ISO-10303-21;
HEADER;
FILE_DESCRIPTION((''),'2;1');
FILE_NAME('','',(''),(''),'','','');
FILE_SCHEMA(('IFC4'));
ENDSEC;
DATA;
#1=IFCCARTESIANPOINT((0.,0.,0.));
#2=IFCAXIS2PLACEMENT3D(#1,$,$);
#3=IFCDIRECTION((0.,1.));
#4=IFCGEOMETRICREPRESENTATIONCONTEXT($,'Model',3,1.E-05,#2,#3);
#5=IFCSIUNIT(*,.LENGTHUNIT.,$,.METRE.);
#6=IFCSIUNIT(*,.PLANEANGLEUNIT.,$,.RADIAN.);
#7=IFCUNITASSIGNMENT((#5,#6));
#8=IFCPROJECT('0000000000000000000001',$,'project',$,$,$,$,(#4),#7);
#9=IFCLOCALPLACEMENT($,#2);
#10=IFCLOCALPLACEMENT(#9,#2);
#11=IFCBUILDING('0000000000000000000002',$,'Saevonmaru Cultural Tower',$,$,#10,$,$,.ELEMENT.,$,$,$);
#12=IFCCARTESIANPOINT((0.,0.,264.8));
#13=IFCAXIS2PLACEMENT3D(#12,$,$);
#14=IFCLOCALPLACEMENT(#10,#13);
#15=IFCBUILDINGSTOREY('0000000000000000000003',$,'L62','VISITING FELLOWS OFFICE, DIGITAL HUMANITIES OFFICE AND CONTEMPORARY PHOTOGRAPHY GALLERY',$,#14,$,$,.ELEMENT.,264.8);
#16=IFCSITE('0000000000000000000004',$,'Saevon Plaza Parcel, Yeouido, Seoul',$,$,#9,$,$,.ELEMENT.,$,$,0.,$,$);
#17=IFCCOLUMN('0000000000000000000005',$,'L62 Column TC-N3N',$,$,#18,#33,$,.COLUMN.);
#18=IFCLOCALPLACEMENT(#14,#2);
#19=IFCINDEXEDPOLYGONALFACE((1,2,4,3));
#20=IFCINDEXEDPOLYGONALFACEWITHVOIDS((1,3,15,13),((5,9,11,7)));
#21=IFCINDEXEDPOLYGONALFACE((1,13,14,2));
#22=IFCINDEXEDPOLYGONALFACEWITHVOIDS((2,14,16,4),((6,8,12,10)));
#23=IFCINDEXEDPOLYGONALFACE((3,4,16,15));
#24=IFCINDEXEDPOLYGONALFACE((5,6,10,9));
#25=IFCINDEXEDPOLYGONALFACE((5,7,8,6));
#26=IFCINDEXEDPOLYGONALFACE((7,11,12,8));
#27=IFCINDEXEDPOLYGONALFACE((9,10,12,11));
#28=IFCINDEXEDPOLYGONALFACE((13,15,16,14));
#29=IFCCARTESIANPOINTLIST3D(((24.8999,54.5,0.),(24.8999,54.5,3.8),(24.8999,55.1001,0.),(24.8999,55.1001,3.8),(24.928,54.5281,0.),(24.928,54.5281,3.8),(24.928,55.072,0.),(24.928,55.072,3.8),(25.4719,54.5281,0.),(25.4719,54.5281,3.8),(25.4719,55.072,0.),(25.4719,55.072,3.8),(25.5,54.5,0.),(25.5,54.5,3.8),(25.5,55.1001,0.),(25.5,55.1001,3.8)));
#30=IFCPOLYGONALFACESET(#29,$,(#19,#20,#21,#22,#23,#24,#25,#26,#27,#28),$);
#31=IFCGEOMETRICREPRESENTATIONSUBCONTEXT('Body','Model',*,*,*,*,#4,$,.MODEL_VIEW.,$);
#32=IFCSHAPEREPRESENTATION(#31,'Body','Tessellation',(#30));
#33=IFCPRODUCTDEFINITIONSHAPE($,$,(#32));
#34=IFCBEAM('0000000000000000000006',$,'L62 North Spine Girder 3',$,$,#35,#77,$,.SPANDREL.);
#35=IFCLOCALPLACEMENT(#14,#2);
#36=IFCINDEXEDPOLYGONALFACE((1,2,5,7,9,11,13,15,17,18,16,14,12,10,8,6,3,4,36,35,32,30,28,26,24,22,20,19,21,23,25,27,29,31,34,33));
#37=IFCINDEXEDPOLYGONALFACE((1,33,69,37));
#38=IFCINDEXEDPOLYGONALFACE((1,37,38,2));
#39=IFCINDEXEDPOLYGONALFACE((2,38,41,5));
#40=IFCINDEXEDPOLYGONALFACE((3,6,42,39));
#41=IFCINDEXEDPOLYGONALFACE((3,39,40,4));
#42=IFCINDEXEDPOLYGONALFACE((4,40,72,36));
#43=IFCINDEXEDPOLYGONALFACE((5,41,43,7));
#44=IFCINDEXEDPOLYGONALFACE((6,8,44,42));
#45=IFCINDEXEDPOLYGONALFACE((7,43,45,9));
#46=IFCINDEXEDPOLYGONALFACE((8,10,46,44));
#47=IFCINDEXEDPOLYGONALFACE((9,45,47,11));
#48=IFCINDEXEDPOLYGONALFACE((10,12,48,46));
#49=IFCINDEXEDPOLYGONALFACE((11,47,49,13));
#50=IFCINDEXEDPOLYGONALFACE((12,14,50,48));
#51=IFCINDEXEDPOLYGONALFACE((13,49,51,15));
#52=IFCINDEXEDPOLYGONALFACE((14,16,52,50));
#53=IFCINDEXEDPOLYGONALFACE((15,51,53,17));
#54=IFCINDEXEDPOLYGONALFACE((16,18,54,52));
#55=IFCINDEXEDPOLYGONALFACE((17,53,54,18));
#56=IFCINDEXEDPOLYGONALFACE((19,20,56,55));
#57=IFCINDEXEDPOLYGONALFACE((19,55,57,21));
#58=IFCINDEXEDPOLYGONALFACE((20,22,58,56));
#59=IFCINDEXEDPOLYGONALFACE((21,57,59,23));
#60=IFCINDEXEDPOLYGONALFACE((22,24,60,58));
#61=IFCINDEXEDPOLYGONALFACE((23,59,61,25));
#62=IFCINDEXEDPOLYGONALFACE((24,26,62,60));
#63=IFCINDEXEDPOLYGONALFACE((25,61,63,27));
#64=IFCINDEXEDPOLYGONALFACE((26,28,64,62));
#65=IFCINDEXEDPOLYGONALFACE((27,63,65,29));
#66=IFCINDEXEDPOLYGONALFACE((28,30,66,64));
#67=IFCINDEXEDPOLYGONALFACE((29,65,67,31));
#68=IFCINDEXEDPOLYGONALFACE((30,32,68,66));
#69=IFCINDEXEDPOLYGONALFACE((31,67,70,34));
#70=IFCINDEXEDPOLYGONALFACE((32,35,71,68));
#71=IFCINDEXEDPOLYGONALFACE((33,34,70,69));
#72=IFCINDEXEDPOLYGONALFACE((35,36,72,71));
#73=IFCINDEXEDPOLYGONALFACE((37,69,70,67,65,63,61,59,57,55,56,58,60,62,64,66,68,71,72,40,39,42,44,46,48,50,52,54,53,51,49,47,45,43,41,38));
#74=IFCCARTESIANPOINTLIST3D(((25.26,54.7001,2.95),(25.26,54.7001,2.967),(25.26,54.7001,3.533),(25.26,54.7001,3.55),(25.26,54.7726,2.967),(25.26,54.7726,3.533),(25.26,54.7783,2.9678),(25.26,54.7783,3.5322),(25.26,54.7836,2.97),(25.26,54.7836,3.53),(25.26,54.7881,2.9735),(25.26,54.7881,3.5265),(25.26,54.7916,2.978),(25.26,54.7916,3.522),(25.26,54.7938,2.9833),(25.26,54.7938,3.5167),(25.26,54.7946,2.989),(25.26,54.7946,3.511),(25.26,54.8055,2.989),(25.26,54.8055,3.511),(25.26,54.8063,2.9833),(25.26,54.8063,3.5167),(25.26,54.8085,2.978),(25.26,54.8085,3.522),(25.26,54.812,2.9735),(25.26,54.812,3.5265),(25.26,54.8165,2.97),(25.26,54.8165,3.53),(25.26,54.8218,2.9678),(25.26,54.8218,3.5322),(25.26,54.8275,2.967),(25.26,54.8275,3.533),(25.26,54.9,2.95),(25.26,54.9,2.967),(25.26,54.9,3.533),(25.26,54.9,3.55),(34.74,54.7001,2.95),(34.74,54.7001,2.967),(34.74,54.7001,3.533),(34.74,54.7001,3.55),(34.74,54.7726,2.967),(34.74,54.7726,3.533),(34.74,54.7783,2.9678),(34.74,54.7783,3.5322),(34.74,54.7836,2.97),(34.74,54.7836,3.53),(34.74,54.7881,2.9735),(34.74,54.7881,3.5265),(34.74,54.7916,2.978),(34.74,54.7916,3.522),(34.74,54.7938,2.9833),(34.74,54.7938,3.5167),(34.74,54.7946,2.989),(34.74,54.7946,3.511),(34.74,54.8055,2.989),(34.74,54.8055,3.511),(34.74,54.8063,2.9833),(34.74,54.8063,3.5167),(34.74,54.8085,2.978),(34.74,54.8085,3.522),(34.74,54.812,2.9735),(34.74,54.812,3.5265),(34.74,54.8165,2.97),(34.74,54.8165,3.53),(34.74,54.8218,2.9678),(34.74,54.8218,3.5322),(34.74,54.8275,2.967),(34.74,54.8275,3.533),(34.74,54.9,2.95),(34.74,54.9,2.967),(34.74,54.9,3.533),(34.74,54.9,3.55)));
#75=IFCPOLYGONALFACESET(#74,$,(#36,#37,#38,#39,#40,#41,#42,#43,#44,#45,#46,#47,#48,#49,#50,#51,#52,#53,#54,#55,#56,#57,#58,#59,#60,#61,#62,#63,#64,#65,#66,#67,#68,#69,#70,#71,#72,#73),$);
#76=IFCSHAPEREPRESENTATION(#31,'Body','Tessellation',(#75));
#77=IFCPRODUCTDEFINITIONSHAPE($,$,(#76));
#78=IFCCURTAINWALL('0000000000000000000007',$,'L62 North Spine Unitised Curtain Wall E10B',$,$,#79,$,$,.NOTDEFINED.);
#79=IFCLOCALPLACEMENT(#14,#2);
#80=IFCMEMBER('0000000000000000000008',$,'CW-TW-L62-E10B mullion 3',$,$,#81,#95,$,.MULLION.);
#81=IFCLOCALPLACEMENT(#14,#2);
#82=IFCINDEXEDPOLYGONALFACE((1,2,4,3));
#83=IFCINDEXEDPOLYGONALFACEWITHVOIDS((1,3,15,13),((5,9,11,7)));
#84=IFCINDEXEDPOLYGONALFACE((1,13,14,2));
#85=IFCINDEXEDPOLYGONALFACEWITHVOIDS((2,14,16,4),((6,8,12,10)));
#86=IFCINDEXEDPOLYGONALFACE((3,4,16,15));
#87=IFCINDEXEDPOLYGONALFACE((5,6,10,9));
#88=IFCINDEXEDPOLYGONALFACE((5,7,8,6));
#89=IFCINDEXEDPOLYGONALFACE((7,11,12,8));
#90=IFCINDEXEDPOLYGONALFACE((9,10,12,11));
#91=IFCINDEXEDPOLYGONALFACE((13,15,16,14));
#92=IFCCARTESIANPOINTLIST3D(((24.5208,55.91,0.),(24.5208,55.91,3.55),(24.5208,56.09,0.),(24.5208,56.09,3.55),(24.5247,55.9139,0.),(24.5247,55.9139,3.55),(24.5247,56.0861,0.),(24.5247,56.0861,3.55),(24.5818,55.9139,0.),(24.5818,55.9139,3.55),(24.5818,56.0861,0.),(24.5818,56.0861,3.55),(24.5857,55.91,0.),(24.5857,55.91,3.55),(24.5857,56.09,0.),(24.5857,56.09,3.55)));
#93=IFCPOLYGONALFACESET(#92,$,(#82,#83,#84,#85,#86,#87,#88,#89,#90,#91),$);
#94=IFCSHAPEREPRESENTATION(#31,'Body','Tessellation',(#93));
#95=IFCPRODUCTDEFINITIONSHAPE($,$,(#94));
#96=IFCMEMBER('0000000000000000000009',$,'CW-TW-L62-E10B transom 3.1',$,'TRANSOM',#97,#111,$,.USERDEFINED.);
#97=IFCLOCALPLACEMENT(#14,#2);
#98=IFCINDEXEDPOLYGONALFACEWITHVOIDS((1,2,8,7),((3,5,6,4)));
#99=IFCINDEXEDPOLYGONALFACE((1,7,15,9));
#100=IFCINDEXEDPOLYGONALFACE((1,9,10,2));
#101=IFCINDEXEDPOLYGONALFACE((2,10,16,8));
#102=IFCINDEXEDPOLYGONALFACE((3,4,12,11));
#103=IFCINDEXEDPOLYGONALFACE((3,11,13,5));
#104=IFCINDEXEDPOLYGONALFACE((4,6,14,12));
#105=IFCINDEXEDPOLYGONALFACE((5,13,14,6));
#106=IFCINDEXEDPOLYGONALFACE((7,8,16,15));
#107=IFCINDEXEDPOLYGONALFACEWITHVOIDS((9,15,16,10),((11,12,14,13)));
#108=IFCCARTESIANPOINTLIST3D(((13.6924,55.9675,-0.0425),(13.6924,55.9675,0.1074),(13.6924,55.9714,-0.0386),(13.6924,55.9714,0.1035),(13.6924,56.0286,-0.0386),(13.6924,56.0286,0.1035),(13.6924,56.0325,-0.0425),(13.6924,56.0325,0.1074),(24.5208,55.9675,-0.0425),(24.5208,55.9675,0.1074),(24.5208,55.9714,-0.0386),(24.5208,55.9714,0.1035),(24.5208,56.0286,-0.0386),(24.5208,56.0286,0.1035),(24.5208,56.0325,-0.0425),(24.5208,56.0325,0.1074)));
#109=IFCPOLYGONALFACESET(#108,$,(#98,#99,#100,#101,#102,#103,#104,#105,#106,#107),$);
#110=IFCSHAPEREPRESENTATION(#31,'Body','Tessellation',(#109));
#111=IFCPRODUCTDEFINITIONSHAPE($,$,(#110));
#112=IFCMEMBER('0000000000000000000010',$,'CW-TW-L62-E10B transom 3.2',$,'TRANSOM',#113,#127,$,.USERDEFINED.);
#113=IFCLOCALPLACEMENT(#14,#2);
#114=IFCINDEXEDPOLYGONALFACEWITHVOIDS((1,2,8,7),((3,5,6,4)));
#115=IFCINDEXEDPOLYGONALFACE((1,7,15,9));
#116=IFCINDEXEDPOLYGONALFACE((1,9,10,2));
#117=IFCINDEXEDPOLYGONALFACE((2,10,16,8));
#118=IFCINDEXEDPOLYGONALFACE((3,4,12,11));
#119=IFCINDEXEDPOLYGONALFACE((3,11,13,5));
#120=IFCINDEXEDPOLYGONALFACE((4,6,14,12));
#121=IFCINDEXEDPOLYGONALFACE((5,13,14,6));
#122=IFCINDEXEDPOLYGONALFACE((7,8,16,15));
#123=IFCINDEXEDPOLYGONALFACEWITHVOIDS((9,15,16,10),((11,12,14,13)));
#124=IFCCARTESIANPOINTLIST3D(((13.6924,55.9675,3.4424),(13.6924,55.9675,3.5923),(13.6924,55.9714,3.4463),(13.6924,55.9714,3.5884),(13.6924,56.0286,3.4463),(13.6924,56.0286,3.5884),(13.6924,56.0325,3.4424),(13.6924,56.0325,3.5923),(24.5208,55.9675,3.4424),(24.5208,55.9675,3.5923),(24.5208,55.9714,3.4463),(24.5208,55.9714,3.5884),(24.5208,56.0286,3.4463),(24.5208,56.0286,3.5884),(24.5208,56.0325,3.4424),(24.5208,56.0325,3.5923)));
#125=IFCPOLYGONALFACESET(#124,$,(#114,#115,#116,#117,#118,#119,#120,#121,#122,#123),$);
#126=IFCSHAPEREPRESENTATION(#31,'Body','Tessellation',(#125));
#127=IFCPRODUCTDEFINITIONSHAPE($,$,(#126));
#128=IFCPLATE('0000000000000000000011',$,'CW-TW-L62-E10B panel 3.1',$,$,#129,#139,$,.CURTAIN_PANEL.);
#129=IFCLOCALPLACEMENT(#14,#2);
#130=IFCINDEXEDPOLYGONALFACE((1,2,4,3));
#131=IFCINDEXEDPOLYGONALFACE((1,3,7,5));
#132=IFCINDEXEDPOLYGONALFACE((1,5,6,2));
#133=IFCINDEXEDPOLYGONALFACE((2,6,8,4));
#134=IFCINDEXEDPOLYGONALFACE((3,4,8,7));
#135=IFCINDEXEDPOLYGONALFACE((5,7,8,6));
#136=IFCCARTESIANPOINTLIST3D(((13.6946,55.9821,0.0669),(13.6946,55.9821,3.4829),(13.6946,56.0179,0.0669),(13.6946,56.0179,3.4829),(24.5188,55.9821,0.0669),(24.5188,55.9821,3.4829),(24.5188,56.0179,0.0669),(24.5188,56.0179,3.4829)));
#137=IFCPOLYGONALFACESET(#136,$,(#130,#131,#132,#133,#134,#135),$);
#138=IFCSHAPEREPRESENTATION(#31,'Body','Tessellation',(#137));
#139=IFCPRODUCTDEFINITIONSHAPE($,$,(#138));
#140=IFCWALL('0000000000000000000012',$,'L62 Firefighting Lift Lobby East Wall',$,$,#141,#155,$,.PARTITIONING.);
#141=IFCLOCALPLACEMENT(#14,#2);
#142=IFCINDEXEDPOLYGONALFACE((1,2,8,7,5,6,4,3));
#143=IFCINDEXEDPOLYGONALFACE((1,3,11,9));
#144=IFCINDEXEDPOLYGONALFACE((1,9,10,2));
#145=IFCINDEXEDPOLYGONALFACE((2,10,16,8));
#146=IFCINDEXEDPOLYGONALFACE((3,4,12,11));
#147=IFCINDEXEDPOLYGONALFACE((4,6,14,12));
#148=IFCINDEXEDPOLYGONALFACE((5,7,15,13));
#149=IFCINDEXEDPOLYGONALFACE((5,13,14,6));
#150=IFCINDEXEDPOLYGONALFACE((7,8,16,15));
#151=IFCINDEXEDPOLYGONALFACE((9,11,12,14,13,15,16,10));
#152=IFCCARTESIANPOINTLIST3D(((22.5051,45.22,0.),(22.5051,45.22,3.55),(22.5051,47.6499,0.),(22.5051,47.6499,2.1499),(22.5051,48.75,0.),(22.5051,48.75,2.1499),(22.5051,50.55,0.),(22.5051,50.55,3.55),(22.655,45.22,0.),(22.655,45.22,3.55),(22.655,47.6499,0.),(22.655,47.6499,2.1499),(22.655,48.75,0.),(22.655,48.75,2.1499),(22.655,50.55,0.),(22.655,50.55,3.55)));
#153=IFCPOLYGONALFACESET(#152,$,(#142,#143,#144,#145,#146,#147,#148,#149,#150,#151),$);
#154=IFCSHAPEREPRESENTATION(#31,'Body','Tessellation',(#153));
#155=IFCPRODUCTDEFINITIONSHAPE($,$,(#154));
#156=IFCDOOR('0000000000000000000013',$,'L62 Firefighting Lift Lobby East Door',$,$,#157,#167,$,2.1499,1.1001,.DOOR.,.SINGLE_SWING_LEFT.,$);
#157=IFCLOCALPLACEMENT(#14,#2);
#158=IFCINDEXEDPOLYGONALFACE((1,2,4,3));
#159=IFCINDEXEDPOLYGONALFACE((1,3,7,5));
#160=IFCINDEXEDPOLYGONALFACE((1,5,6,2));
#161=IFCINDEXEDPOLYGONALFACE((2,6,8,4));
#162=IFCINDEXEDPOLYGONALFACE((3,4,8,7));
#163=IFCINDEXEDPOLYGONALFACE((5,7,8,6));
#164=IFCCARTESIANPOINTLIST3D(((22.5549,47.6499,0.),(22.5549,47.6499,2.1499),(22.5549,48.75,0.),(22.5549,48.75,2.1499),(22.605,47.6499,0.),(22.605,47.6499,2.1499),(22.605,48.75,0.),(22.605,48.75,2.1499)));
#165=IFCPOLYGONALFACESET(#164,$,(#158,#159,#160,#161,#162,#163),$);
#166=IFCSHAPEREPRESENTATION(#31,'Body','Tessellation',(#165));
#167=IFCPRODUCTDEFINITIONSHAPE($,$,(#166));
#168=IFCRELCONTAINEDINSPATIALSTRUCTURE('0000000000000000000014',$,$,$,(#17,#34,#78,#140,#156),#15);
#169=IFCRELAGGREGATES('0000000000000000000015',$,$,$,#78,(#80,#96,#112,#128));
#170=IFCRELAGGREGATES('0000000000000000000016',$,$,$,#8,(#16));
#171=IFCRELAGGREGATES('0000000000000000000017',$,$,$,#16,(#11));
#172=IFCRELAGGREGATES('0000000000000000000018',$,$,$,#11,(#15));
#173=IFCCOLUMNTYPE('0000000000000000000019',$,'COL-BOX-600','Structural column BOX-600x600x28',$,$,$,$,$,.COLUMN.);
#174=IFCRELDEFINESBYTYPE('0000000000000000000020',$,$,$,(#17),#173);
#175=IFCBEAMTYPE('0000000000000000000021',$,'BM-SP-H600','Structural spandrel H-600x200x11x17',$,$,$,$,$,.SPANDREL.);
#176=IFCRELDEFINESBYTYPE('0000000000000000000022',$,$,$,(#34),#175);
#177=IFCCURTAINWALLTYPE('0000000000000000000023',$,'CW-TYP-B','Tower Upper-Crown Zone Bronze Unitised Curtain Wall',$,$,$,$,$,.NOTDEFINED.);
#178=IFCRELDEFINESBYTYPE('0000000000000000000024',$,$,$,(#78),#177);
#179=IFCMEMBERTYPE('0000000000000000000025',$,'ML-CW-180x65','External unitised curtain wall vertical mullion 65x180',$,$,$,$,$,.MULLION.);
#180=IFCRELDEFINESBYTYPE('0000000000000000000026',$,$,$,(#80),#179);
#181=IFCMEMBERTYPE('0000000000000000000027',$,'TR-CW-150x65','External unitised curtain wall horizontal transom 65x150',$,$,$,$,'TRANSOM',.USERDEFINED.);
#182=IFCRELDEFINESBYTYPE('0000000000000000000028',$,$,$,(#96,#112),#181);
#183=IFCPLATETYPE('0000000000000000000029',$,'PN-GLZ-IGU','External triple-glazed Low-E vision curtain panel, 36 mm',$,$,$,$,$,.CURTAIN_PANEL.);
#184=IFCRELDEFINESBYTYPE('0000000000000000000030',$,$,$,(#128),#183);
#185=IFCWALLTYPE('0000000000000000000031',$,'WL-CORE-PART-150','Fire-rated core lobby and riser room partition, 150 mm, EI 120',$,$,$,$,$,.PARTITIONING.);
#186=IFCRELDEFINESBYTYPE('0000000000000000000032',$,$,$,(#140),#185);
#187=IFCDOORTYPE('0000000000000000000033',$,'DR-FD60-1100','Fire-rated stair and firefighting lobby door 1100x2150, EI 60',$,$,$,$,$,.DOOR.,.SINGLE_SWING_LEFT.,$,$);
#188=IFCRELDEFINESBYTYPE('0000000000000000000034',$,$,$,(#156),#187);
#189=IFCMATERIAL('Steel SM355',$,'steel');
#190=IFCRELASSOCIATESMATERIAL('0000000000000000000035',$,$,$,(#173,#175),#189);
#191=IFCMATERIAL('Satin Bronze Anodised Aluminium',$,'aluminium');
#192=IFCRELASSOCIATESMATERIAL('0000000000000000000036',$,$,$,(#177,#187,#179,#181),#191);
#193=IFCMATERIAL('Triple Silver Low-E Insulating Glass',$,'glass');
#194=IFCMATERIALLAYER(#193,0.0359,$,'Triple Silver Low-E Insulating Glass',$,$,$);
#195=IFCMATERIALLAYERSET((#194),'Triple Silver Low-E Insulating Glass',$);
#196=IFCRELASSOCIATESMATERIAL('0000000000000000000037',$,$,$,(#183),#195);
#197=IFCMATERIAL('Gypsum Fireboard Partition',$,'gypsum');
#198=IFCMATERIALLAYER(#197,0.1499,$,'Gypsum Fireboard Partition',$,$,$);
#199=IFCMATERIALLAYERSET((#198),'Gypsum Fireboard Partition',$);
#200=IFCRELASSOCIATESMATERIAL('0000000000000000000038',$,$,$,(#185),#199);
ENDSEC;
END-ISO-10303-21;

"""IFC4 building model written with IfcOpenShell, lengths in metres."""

from ifc_helpers import new_model, si_unit, direction, frame, frame_2d, origin, origin_2d, place, context, subcontext, project, spatial, rectangle, hollow_rectangle, i_section, extrude, material, layer, layer_set, material_profile, profile_set, type_object, element, fill, aggregate, save


model = new_model("IFC4")

# Units and contexts
model_context = context("Model", 3, precision=1e-05, world=origin(), true_north=direction((0.0, 1.0)))
body_context = subcontext(model_context, "Body", "Model", "MODEL_VIEW")
ifc_project = project(units=[si_unit("LENGTHUNIT", "METRE"), si_unit("PLANEANGLEUNIT", "RADIAN")], contexts=[model_context])

# Site, building, storey
site_placement = place(None, origin())
site = spatial("IfcSite", under=ifc_project, at=site_placement, Name="Saevon Plaza Parcel, Yeouido, Seoul", CompositionType="ELEMENT", RefElevation=0.0)
building_placement = place(site_placement, origin())
building = spatial("IfcBuilding", under=site, at=building_placement, Name="Saevonmaru Cultural Tower", CompositionType="ELEMENT")
storey_placement = place(building_placement, frame((0.0, 0.0, 264.8)))
storey = spatial("IfcBuildingStorey", under=building, at=storey_placement, Name="L62", Description="VISITING FELLOWS OFFICE, DIGITAL HUMANITIES OFFICE AND CONTEMPORARY PHOTOGRAPHY GALLERY", CompositionType="ELEMENT", Elevation=264.8)

# Column
ifc_material_1 = material(Name="Steel SM355", Category="steel")
ifc_material_profile_1 = material_profile(ifc_material_1, hollow_rectangle(XDim=0.6001, YDim=0.6001, WallThickness=0.0281, at=origin_2d()), Name="BOX-600x600x28")
ifc_profile_set_1 = profile_set([ifc_material_profile_1], Name="Steel SM355")
column_type = type_object("IfcColumnType", Name="COL-BOX-600", Description="Structural column BOX-600x600x28", PredefinedType="COLUMN", material=ifc_profile_set_1)
column_placement = place(storey_placement, frame((25.2, 54.8, 0.0), z_axis=(0.0, 0.0, 1.0), x_axis=(1.0, 0.0, 0.0)))
element("IfcColumn", 1, at=column_placement, inside=storey, type_object=column_type, Name="L62 Column TC-N3N", PredefinedType="COLUMN", context=body_context, shape_type="SweptSolid", body=[
    extrude(hollow_rectangle(XDim=0.6001, YDim=0.6001, WallThickness=0.0281, at=origin_2d()), origin(), (0.0, 0.0, 1.0), 3.8),
])

# Beam
ifc_material_profile_2 = material_profile(ifc_material_1, i_section(OverallWidth=0.2, OverallDepth=0.6001, WebThickness=0.011, FlangeThickness=0.0171, FilletRadius=0.022, at=origin_2d()), Name="H-600x200x11x17")
ifc_profile_set_2 = profile_set([ifc_material_profile_2], Name="Steel SM355")
beam_type = type_object("IfcBeamType", Name="BM-SP-H600", Description="Structural spandrel H-600x200x11x17", PredefinedType="SPANDREL", material=ifc_profile_set_2)
beam_placement = place(storey_placement, frame((25.26, 54.8, 3.25), z_axis=(1.0, 0.0, 0.0), x_axis=(0.0, 1.0, 0.0)))
element("IfcBeam", 2, at=beam_placement, inside=storey, type_object=beam_type, Name="L62 North Spine Girder 3", PredefinedType="SPANDREL", context=body_context, shape_type="SweptSolid", body=[
    extrude(i_section(OverallWidth=0.2, OverallDepth=0.6001, WebThickness=0.011, FlangeThickness=0.0171, FilletRadius=0.022, at=origin_2d()), origin(), (0.0, 0.0, 1.0), 9.48),
])

# Curtain wall, members, plate
ifc_material_2 = material(Name="Satin Bronze Anodised Aluminium", Category="aluminium")
curtain_wall_type = type_object("IfcCurtainWallType", Name="CW-TYP-B", Description="Tower Upper-Crown Zone Bronze Unitised Curtain Wall", PredefinedType="NOTDEFINED", material=ifc_material_2)
curtain_wall_placement = place(storey_placement, origin())
curtain_wall = element("IfcCurtainWall", 3, at=curtain_wall_placement, inside=storey, type_object=curtain_wall_type, Name="L62 North Spine Unitised Curtain Wall E10B", PredefinedType="NOTDEFINED")
ifc_material_profile_3 = material_profile(ifc_material_2, hollow_rectangle(XDim=0.0649, YDim=0.1799, WallThickness=0.0039, at=origin_2d()), Name="ALU-MULL-180x65x4")
ifc_profile_set_3 = profile_set([ifc_material_profile_3], Name="Satin Bronze Anodised Aluminium")
member_type_1 = type_object("IfcMemberType", Name="ML-CW-180x65", Description="External unitised curtain wall vertical mullion 65x180", PredefinedType="MULLION", material=ifc_profile_set_3)
member_1_placement = place(storey_placement, frame((24.5532, 56.0, 0.0), z_axis=(0.0, 0.0, 1.0), x_axis=(-1.0, 0.0, 0.0)))
member_1 = element("IfcMember", 4, at=member_1_placement, type_object=member_type_1, Name="CW-TW-L62-E10B mullion 3", PredefinedType="MULLION", context=body_context, shape_type="SweptSolid", body=[
    extrude(hollow_rectangle(XDim=0.0649, YDim=0.1799, WallThickness=0.0039, at=origin_2d()), origin(), (0.0, 0.0, 1.0), 3.55),
])
ifc_material_profile_4 = material_profile(ifc_material_2, hollow_rectangle(XDim=0.0649, YDim=0.1499, WallThickness=0.0039, at=origin_2d()), Name="ALU-TRAN-150x65x4")
ifc_profile_set_4 = profile_set([ifc_material_profile_4], Name="Satin Bronze Anodised Aluminium")
member_type_2 = type_object("IfcMemberType", Name="TR-CW-150x65", Description="External unitised curtain wall horizontal transom 65x150", ElementType="TRANSOM", PredefinedType="USERDEFINED", material=ifc_profile_set_4)
member_2_placement = place(storey_placement, frame((24.5208, 56.0, 0.0325), z_axis=(-1.0, 0.0, 0.0), x_axis=(0.0, -1.0, 0.0)))
member_2 = element("IfcMember", 5, at=member_2_placement, type_object=member_type_2, Name="CW-TW-L62-E10B transom 3.1", ObjectType="TRANSOM", PredefinedType="USERDEFINED", context=body_context, shape_type="SweptSolid", body=[
    extrude(hollow_rectangle(XDim=0.0649, YDim=0.1499, WallThickness=0.0039, at=origin_2d()), origin(), (0.0, 0.0, 1.0), 10.8284),
])
member_3_placement = place(storey_placement, frame((24.5208, 56.0, 3.5173), z_axis=(-1.0, 0.0, 0.0), x_axis=(0.0, -1.0, 0.0)))
member_3 = element("IfcMember", 6, at=member_3_placement, type_object=member_type_2, Name="CW-TW-L62-E10B transom 3.2", ObjectType="TRANSOM", PredefinedType="USERDEFINED", context=body_context, shape_type="SweptSolid", body=[
    extrude(hollow_rectangle(XDim=0.0649, YDim=0.1499, WallThickness=0.0039, at=origin_2d()), origin(), (0.0, 0.0, 1.0), 10.8284),
])
ifc_material_3 = material(Name="Triple Silver Low-E Insulating Glass", Category="glass")
ifc_layer_1 = layer(ifc_material_3, 0.0359, Name="Triple Silver Low-E Insulating Glass")
ifc_layer_set_1 = layer_set([ifc_layer_1], Name="Triple Silver Low-E Insulating Glass")
plate_type = type_object("IfcPlateType", Name="PN-GLZ-IGU", Description="External triple-glazed Low-E vision curtain panel, 36 mm", PredefinedType="CURTAIN_PANEL", material=ifc_layer_set_1)
plate_placement = place(storey_placement, frame((19.1067, 56.0, 0.0669), z_axis=(0.0, 0.0, 1.0), x_axis=(-1.0, 0.0, 0.0)))
plate = element("IfcPlate", 7, at=plate_placement, type_object=plate_type, Name="CW-TW-L62-E10B panel 3.1", PredefinedType="CURTAIN_PANEL", context=body_context, shape_type="SweptSolid", body=[
    extrude(rectangle(XDim=10.8242, YDim=0.0359, at=origin_2d()), origin(), (0.0, 0.0, 1.0), 3.416),
])
aggregate(curtain_wall, [member_1, member_2, member_3, plate])

# Wall, opening, door
ifc_material_4 = material(Name="Gypsum Fireboard Partition", Category="gypsum")
ifc_layer_2 = layer(ifc_material_4, 0.1499, Name="Gypsum Fireboard Partition")
ifc_layer_set_2 = layer_set([ifc_layer_2], Name="Gypsum Fireboard Partition")
wall_type_1 = type_object("IfcWallType", Name="WL-CORE-PART-150", Description="Fire-rated core lobby and riser room partition, 150 mm, EI 120", PredefinedType="PARTITIONING", material=ifc_layer_set_2)
wall_1_placement = place(storey_placement, frame((22.5801, 50.55, 0.0), z_axis=(0.0, 0.0, 1.0), x_axis=(0.0, -1.0, 0.0)))
wall_1 = element("IfcWall", 8, at=wall_1_placement, inside=storey, type_object=wall_type_1, Name="L62 Firefighting Lift Lobby East Wall", PredefinedType="PARTITIONING", context=body_context, shape_type="SweptSolid", body=[
    extrude(rectangle(XDim=5.3301, YDim=0.1499, at=frame_2d((2.665, 0.0))), origin(), (0.0, 0.0, 1.0), 3.55),
])
opening_1_placement = place(wall_1_placement, frame((1.8, 0.0, 0.0)))
opening_1 = element("IfcOpeningElement", 9, at=opening_1_placement, cuts=wall_1, PredefinedType="OPENING", context=body_context, shape_type="SweptSolid", body=[
    extrude(rectangle(XDim=1.1001, YDim=2.1499, at=frame_2d((0.55, 1.075))), frame((0.0, 0.085, 0.0), z_axis=(0.0, -1.0, 0.0), x_axis=(1.0, 0.0, 0.0)), (0.0, 0.0, 1.0), 0.1699),
])
door_type_1 = type_object("IfcDoorType", Name="DR-FD60-1100", Description="Fire-rated stair and firefighting lobby door 1100x2150, EI 60", OperationType="SINGLE_SWING_LEFT", PredefinedType="DOOR", material=ifc_material_2)
door_1_placement = place(opening_1_placement, origin())
door_1 = element("IfcDoor", 10, at=door_1_placement, inside=storey, type_object=door_type_1, Name="L62 Firefighting Lift Lobby East Door", OperationType="SINGLE_SWING_LEFT", OverallHeight=2.1499, OverallWidth=1.1001, PredefinedType="DOOR", context=body_context, shape_type="SweptSolid", body=[
    extrude(rectangle(XDim=1.1001, YDim=2.1499, at=frame_2d((0.55, 1.075))), frame((0.0, 0.0249, 0.0), z_axis=(0.0, -1.0, 0.0), x_axis=(1.0, 0.0, 0.0)), (0.0, 0.0, 1.0), 0.05),
])
fill(opening_1, door_1)

save(model, "model.ifc")
